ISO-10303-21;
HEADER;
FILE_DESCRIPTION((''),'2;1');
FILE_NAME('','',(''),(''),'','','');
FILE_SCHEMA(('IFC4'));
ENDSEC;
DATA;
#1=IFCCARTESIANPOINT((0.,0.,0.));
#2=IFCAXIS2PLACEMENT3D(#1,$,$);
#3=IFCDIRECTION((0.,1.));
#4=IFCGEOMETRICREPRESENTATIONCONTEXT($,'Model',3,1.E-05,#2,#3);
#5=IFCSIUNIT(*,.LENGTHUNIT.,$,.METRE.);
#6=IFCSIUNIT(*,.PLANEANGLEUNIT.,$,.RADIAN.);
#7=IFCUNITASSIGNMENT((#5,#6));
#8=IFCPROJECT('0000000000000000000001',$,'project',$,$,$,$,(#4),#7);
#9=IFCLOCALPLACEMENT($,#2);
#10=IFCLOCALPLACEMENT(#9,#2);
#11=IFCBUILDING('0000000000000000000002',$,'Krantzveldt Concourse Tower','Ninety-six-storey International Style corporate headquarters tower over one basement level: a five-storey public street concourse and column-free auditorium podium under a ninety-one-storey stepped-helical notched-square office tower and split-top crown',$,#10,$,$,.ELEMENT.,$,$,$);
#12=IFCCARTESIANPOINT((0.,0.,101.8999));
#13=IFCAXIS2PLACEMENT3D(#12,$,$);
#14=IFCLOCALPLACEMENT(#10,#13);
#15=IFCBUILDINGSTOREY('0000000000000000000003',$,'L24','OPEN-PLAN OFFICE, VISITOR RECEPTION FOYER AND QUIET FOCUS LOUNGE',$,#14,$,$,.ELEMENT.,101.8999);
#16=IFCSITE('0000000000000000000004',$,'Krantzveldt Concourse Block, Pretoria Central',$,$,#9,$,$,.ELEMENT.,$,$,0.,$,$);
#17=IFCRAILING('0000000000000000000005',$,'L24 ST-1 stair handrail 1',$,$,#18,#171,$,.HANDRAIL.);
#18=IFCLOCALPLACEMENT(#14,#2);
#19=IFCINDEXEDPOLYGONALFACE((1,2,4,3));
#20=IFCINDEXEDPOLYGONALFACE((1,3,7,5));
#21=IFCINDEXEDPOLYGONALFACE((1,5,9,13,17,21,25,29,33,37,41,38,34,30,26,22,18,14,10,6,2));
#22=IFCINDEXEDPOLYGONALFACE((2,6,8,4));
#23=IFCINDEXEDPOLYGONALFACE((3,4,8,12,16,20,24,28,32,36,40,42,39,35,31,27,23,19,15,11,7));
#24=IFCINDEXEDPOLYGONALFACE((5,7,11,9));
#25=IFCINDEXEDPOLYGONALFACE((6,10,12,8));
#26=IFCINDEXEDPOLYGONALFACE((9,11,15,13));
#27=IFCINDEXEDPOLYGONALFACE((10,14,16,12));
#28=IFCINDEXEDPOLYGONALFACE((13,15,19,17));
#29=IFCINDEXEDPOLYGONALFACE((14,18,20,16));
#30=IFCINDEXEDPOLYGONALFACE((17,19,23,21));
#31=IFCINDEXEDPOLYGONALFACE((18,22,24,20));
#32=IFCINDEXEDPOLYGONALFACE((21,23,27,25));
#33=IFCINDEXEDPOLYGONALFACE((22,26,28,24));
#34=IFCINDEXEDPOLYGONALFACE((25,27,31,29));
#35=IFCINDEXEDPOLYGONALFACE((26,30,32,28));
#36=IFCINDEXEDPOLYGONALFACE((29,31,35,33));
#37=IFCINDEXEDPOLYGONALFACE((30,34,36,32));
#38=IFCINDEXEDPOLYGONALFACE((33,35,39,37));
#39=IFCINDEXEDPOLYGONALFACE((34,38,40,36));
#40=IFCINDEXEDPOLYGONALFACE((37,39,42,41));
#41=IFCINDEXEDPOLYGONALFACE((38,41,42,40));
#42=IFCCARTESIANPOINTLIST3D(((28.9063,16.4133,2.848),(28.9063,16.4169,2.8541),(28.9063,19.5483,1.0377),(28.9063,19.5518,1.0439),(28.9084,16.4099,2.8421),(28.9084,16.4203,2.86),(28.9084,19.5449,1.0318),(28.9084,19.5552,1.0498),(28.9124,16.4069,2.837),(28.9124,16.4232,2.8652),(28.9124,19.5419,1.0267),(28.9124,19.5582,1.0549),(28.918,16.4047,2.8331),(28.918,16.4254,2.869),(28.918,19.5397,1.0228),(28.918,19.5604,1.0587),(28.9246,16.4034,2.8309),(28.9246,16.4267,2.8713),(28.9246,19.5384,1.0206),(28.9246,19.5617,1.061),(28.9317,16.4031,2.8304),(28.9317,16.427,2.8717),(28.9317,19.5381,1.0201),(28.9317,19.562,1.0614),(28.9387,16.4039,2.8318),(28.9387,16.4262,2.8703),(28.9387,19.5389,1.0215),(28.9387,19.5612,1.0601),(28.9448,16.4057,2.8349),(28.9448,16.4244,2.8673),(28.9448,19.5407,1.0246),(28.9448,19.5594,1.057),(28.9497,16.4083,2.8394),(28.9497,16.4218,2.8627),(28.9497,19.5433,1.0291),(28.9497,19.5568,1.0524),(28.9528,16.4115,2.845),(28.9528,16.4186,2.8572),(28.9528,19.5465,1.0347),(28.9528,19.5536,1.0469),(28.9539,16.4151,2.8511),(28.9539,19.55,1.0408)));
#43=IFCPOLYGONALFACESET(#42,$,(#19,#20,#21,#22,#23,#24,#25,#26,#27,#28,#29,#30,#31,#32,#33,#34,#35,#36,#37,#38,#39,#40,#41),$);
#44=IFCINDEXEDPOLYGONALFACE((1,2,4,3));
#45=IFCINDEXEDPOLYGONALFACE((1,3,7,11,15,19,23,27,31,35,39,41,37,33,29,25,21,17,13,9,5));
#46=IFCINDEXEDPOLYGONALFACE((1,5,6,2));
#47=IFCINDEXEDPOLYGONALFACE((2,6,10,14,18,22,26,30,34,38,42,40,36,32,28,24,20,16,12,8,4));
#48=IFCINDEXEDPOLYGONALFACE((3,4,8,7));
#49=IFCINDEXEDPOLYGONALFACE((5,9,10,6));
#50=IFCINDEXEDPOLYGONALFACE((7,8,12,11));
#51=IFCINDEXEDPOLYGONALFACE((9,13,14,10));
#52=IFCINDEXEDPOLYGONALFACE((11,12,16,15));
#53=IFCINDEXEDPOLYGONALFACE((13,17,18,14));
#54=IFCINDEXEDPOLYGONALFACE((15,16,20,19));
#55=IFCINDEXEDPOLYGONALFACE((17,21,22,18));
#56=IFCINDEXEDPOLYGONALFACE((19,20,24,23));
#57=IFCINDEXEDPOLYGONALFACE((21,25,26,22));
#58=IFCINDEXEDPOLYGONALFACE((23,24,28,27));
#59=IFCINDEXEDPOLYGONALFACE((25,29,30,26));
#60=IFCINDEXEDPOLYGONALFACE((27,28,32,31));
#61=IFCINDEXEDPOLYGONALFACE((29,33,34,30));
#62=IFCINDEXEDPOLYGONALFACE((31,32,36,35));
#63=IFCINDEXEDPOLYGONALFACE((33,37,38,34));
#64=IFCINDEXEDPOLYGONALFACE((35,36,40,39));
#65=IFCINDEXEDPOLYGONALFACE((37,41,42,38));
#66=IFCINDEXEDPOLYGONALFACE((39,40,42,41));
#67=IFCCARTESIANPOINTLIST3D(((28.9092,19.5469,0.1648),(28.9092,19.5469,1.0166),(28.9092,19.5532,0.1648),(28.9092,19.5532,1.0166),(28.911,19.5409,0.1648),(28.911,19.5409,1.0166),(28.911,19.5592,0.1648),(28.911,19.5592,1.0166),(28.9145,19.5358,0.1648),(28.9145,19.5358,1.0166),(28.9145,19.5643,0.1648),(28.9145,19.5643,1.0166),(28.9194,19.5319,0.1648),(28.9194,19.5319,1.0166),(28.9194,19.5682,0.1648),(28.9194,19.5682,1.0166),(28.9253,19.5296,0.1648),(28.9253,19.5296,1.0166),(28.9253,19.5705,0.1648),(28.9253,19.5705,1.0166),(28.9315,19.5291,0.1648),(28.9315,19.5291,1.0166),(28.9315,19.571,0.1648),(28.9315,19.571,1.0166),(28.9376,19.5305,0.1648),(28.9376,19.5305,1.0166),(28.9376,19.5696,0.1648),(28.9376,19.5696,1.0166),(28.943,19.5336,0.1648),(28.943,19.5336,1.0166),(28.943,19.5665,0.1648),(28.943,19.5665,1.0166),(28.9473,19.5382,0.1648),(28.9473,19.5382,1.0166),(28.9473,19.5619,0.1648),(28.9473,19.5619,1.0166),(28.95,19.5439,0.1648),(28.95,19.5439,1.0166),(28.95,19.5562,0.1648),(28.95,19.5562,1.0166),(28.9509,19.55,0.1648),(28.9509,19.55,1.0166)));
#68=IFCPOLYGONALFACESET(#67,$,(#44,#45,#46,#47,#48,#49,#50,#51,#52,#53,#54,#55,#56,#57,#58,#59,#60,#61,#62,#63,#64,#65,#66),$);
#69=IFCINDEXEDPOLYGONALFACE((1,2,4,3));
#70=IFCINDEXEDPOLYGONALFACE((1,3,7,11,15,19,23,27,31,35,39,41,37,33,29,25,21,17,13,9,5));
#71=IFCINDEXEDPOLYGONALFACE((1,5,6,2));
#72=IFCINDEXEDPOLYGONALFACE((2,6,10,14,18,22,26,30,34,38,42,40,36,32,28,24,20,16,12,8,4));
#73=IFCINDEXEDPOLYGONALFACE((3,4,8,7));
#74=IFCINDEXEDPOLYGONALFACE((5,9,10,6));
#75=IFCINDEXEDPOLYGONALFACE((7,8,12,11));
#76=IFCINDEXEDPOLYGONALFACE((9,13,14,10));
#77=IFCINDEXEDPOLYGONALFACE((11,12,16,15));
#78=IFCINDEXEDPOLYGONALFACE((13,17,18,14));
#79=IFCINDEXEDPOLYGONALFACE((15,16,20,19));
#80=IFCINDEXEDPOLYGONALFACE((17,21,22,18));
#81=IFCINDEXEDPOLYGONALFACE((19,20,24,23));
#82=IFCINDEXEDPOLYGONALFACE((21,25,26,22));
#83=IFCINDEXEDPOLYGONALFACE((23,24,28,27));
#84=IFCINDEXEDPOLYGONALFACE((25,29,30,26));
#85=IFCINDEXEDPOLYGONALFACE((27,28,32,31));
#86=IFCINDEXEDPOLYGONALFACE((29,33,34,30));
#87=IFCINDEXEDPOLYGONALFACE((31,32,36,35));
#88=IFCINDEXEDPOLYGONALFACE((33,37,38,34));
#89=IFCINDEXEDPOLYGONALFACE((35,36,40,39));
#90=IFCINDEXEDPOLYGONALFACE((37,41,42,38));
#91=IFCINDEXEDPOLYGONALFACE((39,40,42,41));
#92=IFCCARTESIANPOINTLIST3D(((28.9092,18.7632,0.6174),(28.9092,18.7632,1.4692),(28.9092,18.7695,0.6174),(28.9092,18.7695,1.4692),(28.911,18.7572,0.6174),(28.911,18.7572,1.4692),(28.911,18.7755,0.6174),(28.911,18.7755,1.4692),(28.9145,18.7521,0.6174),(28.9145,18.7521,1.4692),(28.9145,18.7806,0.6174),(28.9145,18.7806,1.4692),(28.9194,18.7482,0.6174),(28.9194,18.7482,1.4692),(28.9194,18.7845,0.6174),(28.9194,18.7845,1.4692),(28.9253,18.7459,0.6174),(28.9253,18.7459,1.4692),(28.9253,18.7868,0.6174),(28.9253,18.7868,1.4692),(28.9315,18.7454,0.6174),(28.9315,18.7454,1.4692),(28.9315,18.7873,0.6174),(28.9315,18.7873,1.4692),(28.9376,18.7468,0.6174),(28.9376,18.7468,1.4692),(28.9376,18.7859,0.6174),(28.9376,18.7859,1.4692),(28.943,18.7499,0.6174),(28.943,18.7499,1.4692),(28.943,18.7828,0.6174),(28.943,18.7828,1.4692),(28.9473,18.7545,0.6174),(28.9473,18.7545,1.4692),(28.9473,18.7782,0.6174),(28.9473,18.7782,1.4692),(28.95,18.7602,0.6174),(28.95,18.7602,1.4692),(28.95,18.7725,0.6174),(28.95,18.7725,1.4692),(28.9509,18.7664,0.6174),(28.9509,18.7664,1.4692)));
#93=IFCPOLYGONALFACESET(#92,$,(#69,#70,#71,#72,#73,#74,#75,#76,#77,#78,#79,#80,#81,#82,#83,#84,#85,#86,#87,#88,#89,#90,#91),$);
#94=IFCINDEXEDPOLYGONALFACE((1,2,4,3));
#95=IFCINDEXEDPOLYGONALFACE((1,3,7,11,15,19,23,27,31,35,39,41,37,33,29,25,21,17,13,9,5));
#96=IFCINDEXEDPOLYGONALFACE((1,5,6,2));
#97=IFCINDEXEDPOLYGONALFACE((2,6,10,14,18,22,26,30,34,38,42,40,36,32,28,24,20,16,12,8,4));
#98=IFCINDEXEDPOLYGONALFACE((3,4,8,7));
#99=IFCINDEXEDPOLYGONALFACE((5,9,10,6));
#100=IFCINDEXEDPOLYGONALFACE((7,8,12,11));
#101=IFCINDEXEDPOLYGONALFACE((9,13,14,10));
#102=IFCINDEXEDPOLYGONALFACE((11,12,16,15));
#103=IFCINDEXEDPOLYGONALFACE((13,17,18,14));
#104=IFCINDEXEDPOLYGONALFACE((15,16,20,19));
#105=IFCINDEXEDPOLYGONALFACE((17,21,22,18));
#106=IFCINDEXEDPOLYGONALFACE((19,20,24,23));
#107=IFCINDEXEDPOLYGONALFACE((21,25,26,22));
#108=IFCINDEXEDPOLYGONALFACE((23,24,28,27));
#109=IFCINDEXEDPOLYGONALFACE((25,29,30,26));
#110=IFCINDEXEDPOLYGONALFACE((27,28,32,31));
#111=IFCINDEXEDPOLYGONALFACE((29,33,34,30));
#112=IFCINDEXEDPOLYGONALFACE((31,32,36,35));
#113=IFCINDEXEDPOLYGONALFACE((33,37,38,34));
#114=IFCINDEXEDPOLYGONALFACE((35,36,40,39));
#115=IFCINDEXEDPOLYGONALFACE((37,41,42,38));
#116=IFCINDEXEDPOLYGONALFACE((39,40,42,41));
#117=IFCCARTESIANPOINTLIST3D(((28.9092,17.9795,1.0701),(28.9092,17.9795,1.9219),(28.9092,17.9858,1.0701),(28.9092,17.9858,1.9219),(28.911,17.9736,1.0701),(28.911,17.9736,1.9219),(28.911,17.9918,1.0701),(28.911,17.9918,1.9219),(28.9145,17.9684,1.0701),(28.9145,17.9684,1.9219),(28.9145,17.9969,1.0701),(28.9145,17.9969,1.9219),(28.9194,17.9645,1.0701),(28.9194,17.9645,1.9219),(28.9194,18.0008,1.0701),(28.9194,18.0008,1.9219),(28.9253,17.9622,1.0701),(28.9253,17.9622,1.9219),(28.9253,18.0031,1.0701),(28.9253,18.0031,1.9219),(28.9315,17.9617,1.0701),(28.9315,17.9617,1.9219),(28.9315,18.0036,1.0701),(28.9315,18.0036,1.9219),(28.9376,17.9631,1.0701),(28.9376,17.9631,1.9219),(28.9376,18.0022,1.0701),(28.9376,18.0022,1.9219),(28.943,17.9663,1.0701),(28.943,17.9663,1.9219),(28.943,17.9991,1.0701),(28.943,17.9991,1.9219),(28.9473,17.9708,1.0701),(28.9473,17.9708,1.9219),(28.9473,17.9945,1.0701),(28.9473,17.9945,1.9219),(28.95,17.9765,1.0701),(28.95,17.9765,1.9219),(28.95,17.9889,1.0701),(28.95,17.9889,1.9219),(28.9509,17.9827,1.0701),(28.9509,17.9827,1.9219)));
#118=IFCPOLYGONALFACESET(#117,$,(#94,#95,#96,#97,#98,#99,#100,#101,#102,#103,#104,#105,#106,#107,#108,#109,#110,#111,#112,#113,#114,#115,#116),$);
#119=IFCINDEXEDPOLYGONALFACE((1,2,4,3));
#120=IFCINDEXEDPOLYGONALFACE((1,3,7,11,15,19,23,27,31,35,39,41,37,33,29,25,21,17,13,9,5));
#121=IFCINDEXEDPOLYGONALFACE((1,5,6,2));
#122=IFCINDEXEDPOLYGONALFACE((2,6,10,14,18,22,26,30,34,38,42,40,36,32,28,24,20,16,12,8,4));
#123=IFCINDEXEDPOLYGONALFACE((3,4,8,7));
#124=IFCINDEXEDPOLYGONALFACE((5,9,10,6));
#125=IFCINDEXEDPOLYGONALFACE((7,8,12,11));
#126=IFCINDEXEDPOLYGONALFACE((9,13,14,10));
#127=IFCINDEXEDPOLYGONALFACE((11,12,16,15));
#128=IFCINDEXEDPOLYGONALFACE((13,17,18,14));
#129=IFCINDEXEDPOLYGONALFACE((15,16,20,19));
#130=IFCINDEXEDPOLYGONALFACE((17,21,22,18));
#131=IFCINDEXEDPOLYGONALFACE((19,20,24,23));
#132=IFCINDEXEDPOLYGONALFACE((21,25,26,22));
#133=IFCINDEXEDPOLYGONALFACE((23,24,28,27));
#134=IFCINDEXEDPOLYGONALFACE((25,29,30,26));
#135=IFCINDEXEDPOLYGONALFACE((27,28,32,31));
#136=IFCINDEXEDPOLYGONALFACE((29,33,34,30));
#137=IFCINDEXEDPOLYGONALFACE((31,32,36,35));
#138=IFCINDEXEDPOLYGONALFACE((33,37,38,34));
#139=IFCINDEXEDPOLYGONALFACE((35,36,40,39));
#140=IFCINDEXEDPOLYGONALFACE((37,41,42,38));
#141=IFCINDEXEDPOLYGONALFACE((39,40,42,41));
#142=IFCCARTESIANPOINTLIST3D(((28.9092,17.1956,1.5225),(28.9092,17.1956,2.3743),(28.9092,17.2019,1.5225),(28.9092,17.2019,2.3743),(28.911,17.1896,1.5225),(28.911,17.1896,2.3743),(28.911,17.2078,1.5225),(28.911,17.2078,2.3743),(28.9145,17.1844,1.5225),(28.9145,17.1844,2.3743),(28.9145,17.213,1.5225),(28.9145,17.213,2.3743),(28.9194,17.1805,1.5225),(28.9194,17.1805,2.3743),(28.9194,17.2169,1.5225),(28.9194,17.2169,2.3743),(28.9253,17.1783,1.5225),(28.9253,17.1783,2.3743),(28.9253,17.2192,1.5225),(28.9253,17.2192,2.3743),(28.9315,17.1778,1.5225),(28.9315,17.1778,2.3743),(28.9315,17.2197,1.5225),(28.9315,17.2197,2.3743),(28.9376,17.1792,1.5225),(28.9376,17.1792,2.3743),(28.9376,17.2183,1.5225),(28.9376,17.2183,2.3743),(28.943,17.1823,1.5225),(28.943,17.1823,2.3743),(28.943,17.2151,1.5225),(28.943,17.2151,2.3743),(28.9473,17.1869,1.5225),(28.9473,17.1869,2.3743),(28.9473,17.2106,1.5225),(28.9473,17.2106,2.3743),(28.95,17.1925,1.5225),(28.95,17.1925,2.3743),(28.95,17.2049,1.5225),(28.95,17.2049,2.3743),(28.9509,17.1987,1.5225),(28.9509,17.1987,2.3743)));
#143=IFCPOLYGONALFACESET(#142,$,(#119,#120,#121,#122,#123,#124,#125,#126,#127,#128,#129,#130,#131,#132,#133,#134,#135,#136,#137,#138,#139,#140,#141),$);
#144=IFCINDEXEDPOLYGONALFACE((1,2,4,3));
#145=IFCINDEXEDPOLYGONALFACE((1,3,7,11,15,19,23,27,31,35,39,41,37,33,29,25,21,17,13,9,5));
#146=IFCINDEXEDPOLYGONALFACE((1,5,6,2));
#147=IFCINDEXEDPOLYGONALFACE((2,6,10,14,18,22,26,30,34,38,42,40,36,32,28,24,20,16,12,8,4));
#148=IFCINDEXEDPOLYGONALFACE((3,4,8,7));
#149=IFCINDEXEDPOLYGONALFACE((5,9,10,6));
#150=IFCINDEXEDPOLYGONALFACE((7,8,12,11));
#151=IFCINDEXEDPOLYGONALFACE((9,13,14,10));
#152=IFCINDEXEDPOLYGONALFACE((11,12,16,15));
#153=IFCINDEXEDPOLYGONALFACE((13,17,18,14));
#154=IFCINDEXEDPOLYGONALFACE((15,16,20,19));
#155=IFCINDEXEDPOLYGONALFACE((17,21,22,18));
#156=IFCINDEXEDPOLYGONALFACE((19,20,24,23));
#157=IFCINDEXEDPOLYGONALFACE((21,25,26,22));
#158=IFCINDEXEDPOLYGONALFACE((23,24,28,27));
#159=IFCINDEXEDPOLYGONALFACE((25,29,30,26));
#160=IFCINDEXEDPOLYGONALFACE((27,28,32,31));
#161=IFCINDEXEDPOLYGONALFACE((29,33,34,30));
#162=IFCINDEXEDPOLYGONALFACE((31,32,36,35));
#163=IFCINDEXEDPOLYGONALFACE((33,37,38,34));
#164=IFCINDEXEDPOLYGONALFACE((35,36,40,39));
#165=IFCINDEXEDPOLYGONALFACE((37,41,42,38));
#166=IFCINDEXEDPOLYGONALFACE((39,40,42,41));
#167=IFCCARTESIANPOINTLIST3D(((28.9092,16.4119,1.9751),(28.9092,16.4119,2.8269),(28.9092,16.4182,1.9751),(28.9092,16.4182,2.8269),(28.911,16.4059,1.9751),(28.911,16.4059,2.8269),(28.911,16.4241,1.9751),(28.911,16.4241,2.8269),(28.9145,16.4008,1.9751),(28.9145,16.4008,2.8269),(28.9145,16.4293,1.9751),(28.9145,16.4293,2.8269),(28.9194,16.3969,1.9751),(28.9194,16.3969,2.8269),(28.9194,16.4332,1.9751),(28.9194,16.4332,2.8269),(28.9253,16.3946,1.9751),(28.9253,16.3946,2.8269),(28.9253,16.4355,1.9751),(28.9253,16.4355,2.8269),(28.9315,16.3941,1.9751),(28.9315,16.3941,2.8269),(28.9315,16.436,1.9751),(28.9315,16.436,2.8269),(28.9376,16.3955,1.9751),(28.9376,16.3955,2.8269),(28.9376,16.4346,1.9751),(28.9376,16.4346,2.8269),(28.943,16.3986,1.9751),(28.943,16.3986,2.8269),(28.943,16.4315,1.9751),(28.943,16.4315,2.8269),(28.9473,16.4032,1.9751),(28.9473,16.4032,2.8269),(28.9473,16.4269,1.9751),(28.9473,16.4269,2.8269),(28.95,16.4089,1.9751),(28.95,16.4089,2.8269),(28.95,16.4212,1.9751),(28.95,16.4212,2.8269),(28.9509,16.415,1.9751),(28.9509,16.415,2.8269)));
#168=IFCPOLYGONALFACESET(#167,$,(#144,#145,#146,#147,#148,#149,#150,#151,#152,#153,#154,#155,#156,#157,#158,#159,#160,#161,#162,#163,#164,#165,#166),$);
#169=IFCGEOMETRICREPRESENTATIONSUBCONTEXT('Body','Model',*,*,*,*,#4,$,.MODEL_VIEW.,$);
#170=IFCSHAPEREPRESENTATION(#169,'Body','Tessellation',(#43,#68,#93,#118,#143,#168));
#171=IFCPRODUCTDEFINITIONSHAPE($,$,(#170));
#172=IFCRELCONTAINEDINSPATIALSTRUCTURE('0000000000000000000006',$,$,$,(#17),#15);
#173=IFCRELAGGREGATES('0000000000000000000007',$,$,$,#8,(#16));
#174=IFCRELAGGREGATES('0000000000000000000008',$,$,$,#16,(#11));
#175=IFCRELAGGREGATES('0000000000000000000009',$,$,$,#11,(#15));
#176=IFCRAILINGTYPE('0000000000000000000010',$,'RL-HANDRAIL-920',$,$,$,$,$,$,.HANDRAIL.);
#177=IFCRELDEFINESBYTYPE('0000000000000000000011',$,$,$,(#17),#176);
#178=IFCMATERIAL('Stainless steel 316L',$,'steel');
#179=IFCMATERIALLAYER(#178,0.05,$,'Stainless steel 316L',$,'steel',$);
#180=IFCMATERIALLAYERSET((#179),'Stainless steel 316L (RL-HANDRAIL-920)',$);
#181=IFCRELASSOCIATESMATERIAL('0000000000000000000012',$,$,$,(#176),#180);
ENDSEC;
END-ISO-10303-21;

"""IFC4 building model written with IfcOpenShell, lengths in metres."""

from ifc_helpers import new_model, si_unit, direction, frame, origin, origin_2d, place, context, subcontext, project, spatial, circle, extrude, material, layer, layer_set, type_object, element, save


model = new_model("IFC4")

# Units and contexts
model_context = context("Model", 3, precision=1e-05, world=origin(), true_north=direction((0.0, 1.0)))
body_context = subcontext(model_context, "Body", "Model", "MODEL_VIEW")
ifc_project = project(units=[si_unit("LENGTHUNIT", "METRE"), si_unit("PLANEANGLEUNIT", "RADIAN")], contexts=[model_context])

# Site, building, storey
site_placement = place(None, origin())
site = spatial("IfcSite", under=ifc_project, at=site_placement, Name="Krantzveldt Concourse Block, Pretoria Central", CompositionType="ELEMENT", RefElevation=0.0)
building_placement = place(site_placement, origin())
building = spatial("IfcBuilding", under=site, at=building_placement, Name="Krantzveldt Concourse Tower", Description="Ninety-six-storey International Style corporate headquarters tower over one basement level: a five-storey public street concourse and column-free auditorium podium under a ninety-one-storey stepped-helical notched-square office tower and split-top crown", CompositionType="ELEMENT")
storey_placement = place(building_placement, frame((0.0, 0.0, 101.8999)))
storey = spatial("IfcBuildingStorey", under=building, at=storey_placement, Name="L24", Description="OPEN-PLAN OFFICE, VISITOR RECEPTION FOYER AND QUIET FOCUS LOUNGE", CompositionType="ELEMENT", Elevation=101.8999)

# Railing
ifc_material_1 = material(Name="Stainless steel 316L", Category="steel")
ifc_layer_1 = layer(ifc_material_1, 0.05, Name="Stainless steel 316L", Category="steel")
ifc_layer_set_1 = layer_set([ifc_layer_1], Name="Stainless steel 316L (RL-HANDRAIL-920)")
railing_type_1 = type_object("IfcRailingType", Name="RL-HANDRAIL-920", PredefinedType="HANDRAIL", material=ifc_layer_set_1)
railing_1_placement = place(storey_placement, frame((28.9299, 19.55, 0.1648)))
element("IfcRailing", 1, at=railing_1_placement, inside=storey, type_object=railing_type_1, Name="L24 ST-1 stair handrail 1", PredefinedType="HANDRAIL", context=body_context, shape_type="SweptSolid", body=[
    extrude(circle(Radius=0.0239, at=origin_2d()), frame((0.0, 0.0, 0.876), z_axis=(0.0, -0.865989, 0.500063), x_axis=(1.0, 0.0, 0.0)), (0.0, 0.0, 1.0), 3.6201),
    extrude(circle(Radius=0.021, at=origin_2d()), origin(), (0.0, 0.0, 1.0), 0.8518),
    extrude(circle(Radius=0.021, at=origin_2d()), frame((0.0, -0.7837, 0.4526)), (0.0, 0.0, 1.0), 0.8518),
    extrude(circle(Radius=0.021, at=origin_2d()), frame((0.0, -1.5674, 0.9053)), (0.0, 0.0, 1.0), 0.8518),
    extrude(circle(Radius=0.021, at=origin_2d()), frame((0.0, -2.3513, 1.3577)), (0.0, 0.0, 1.0), 0.8518),
    extrude(circle(Radius=0.021, at=origin_2d()), frame((0.0, -3.135, 1.8103)), (0.0, 0.0, 1.0), 0.8518),
])

save(model, "model.ifc")
